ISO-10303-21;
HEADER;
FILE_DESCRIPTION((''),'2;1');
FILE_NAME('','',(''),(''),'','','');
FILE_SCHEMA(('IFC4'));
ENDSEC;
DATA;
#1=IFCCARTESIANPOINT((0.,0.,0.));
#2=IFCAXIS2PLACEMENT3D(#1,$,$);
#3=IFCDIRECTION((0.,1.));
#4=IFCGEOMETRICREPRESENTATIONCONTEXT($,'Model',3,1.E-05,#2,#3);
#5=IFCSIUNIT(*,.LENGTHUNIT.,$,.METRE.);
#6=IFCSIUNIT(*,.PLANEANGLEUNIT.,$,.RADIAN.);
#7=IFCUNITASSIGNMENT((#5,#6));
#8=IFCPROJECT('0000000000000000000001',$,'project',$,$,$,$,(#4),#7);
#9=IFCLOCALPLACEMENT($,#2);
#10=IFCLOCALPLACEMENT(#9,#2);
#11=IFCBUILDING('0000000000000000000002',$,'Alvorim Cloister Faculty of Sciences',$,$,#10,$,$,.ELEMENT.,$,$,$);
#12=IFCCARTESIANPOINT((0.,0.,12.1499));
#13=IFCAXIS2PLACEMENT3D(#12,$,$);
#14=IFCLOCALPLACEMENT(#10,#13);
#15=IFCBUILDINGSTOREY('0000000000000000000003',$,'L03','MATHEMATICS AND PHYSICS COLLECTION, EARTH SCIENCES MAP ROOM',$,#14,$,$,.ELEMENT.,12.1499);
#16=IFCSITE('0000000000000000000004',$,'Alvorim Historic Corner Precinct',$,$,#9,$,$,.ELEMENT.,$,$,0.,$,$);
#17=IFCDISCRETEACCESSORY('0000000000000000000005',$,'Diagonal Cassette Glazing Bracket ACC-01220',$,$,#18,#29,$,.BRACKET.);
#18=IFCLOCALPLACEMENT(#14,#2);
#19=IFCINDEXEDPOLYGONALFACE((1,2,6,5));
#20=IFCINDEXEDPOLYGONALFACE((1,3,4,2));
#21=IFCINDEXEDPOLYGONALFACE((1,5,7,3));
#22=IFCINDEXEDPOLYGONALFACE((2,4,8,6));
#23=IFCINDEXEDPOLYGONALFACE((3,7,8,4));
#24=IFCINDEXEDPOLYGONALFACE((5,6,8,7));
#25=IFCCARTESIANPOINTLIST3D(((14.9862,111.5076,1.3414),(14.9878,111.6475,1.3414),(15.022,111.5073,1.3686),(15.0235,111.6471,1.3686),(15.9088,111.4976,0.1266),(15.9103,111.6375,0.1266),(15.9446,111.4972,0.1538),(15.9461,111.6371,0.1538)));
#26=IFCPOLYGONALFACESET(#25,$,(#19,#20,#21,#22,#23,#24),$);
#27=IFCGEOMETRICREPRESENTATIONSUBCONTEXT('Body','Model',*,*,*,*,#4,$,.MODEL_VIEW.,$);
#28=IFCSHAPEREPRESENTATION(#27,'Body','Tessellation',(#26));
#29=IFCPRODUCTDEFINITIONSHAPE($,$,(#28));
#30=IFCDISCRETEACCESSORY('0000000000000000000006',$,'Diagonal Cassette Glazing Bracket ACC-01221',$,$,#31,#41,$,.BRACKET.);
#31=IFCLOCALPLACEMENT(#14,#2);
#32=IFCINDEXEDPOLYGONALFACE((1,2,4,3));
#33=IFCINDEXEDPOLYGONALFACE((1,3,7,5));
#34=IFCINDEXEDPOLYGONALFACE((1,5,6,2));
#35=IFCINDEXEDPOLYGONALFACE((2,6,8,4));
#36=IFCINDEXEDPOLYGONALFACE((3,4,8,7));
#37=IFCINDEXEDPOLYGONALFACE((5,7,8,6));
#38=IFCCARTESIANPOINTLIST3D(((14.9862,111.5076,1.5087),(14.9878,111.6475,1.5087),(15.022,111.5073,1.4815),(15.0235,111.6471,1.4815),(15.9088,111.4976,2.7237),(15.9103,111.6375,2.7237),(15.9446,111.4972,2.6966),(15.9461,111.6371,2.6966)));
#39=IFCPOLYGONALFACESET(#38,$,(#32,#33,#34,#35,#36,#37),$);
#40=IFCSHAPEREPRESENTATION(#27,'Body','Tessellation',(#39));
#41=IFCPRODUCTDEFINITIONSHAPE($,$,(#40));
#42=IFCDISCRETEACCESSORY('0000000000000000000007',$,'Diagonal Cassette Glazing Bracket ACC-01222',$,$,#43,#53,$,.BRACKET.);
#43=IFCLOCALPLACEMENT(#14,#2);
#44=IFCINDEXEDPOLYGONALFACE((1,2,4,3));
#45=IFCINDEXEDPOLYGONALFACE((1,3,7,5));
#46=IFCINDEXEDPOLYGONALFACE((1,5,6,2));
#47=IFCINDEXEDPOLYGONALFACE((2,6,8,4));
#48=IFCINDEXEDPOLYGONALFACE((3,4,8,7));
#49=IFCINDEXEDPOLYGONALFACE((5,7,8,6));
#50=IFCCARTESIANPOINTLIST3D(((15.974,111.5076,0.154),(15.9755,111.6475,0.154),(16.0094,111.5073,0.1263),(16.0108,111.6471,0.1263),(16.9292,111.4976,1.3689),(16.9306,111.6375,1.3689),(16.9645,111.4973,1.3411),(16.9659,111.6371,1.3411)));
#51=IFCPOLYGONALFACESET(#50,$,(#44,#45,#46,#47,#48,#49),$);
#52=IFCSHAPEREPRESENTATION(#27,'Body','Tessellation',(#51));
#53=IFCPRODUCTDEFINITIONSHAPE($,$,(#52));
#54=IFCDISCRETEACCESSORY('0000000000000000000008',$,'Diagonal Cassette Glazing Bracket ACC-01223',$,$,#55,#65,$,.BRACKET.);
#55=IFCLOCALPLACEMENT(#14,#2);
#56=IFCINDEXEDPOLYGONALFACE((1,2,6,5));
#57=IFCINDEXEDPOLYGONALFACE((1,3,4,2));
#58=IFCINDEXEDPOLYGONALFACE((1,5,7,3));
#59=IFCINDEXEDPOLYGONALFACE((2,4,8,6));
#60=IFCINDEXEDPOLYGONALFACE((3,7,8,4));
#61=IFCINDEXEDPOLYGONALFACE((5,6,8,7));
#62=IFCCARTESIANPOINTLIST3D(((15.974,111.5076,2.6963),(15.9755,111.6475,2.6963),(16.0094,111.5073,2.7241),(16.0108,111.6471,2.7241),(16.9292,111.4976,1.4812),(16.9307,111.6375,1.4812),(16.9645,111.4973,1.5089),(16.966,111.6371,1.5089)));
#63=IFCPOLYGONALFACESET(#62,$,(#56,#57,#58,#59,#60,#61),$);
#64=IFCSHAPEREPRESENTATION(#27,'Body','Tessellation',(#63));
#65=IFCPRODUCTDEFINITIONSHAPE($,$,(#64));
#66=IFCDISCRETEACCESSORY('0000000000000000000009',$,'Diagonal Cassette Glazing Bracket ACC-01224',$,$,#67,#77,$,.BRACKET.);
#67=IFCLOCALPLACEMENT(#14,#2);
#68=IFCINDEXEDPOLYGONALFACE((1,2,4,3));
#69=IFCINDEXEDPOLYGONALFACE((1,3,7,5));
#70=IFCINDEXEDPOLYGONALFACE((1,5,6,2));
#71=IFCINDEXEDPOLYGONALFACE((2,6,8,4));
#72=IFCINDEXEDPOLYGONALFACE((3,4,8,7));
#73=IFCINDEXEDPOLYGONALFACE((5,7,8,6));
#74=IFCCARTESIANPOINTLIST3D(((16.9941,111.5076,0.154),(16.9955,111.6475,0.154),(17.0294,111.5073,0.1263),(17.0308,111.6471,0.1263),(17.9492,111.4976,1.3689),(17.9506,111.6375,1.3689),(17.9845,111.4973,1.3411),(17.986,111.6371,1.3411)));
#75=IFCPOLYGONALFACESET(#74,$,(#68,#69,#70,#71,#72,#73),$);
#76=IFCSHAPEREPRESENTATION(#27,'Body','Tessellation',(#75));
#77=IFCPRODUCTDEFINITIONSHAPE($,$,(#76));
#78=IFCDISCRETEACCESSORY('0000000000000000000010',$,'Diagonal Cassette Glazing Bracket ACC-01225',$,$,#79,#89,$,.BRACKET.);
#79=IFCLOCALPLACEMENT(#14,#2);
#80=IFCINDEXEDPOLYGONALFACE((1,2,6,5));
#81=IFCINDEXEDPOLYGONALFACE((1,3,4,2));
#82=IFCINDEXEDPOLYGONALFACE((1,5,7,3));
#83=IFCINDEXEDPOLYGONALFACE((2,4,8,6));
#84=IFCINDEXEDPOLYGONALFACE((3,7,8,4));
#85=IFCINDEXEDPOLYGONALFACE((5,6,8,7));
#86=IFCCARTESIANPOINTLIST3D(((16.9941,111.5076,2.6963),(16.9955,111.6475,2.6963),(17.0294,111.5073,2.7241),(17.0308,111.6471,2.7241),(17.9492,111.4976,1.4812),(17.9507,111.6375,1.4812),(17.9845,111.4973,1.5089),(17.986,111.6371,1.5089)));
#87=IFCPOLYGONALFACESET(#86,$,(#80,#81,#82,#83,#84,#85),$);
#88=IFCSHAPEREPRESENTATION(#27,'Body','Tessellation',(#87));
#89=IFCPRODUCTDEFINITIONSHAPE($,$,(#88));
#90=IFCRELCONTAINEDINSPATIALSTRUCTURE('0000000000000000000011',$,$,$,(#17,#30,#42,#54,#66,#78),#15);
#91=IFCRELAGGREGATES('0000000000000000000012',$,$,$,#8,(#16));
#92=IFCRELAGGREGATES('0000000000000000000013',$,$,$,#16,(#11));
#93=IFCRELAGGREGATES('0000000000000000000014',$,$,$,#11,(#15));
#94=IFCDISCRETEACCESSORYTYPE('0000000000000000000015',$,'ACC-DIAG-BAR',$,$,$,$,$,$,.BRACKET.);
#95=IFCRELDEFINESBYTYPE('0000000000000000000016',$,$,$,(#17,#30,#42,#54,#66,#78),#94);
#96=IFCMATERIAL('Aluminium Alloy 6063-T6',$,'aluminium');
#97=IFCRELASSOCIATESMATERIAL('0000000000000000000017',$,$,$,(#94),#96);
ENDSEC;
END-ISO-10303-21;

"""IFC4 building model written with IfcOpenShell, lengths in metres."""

from ifc_helpers import new_model, si_unit, direction, frame, origin, origin_2d, place, context, subcontext, project, spatial, rectangle, extrude, material, type_object, element, save


model = new_model("IFC4")

# Units and contexts
model_context = context("Model", 3, precision=1e-05, world=origin(), true_north=direction((0.0, 1.0)))
body_context = subcontext(model_context, "Body", "Model", "MODEL_VIEW")
ifc_project = project(units=[si_unit("LENGTHUNIT", "METRE"), si_unit("PLANEANGLEUNIT", "RADIAN")], contexts=[model_context])

# Site, building, storey
site_placement = place(None, origin())
site = spatial("IfcSite", under=ifc_project, at=site_placement, Name="Alvorim Historic Corner Precinct", CompositionType="ELEMENT", RefElevation=0.0)
building_placement = place(site_placement, origin())
building = spatial("IfcBuilding", under=site, at=building_placement, Name="Alvorim Cloister Faculty of Sciences", CompositionType="ELEMENT")
storey_placement = place(building_placement, frame((0.0, 0.0, 12.1499)))
storey = spatial("IfcBuildingStorey", under=building, at=storey_placement, Name="L03", Description="MATHEMATICS AND PHYSICS COLLECTION, EARTH SCIENCES MAP ROOM", CompositionType="ELEMENT", Elevation=12.1499)

# Shared definitions
ifc_material_1 = material(Name="Aluminium Alloy 6063-T6", Category="aluminium")

# Discrete accessories
discrete_accessory_type = type_object("IfcDiscreteAccessoryType", Name="ACC-DIAG-BAR", PredefinedType="BRACKET", material=ifc_material_1)
discrete_accessory_1_placement = place(storey_placement, frame((15.0049, 111.5774, 1.355), z_axis=(0.60479, -0.006562, -0.796358), x_axis=(0.010849, 0.999941, 0.0)))
element("IfcDiscreteAccessory", 1, at=discrete_accessory_1_placement, inside=storey, type_object=discrete_accessory_type, Name="Diagonal Cassette Glazing Bracket ACC-01220", PredefinedType="BRACKET", context=body_context, shape_type="SweptSolid", body=[
    extrude(rectangle(XDim=0.1399, YDim=0.0449, at=origin_2d()), origin(), (0.0, 0.0, 1.0), 1.5254),
])
discrete_accessory_2_placement = place(storey_placement, frame((15.0049, 111.5774, 1.4951), z_axis=(0.604713, -0.006561, 0.796416), x_axis=(0.010849, 0.999941, 0.0)))
element("IfcDiscreteAccessory", 2, at=discrete_accessory_2_placement, inside=storey, type_object=discrete_accessory_type, Name="Diagonal Cassette Glazing Bracket ACC-01221", PredefinedType="BRACKET", context=body_context, shape_type="SweptSolid", body=[
    extrude(rectangle(XDim=0.1399, YDim=0.0449, at=origin_2d()), origin(), (0.0, 0.0, 1.0), 1.5256),
])
discrete_accessory_3_placement = place(storey_placement, frame((15.9924, 111.5774, 0.1401), z_axis=(0.618032, -0.006477, 0.786126), x_axis=(0.01048, 0.999945, 0.0)))
element("IfcDiscreteAccessory", 3, at=discrete_accessory_3_placement, inside=storey, type_object=discrete_accessory_type, Name="Diagonal Cassette Glazing Bracket ACC-01222", PredefinedType="BRACKET", context=body_context, shape_type="SweptSolid", body=[
    extrude(rectangle(XDim=0.1399, YDim=0.0449, at=origin_2d()), origin(), (0.0, 0.0, 1.0), 1.5454),
])
discrete_accessory_4_placement = place(storey_placement, frame((15.9924, 111.5774, 2.7102), z_axis=(0.617955, -0.006477, -0.786187), x_axis=(0.01048, 0.999945, 0.0)))
element("IfcDiscreteAccessory", 4, at=discrete_accessory_4_placement, inside=storey, type_object=discrete_accessory_type, Name="Diagonal Cassette Glazing Bracket ACC-01223", PredefinedType="BRACKET", context=body_context, shape_type="SweptSolid", body=[
    extrude(rectangle(XDim=0.1399, YDim=0.0449, at=origin_2d()), origin(), (0.0, 0.0, 1.0), 1.5457),
])
discrete_accessory_5_placement = place(storey_placement, frame((17.0125, 111.5774, 0.1401), z_axis=(0.618032, -0.006477, 0.786126), x_axis=(0.01048, 0.999945, 0.0)))
element("IfcDiscreteAccessory", 5, at=discrete_accessory_5_placement, inside=storey, type_object=discrete_accessory_type, Name="Diagonal Cassette Glazing Bracket ACC-01224", PredefinedType="BRACKET", context=body_context, shape_type="SweptSolid", body=[
    extrude(rectangle(XDim=0.1399, YDim=0.0449, at=origin_2d()), origin(), (0.0, 0.0, 1.0), 1.5454),
])
discrete_accessory_6_placement = place(storey_placement, frame((17.0125, 111.5774, 2.7102), z_axis=(0.617955, -0.006477, -0.786187), x_axis=(0.01048, 0.999945, 0.0)))
element("IfcDiscreteAccessory", 6, at=discrete_accessory_6_placement, inside=storey, type_object=discrete_accessory_type, Name="Diagonal Cassette Glazing Bracket ACC-01225", PredefinedType="BRACKET", context=body_context, shape_type="SweptSolid", body=[
    extrude(rectangle(XDim=0.1399, YDim=0.0449, at=origin_2d()), origin(), (0.0, 0.0, 1.0), 1.5457),
])

save(model, "model.ifc")
